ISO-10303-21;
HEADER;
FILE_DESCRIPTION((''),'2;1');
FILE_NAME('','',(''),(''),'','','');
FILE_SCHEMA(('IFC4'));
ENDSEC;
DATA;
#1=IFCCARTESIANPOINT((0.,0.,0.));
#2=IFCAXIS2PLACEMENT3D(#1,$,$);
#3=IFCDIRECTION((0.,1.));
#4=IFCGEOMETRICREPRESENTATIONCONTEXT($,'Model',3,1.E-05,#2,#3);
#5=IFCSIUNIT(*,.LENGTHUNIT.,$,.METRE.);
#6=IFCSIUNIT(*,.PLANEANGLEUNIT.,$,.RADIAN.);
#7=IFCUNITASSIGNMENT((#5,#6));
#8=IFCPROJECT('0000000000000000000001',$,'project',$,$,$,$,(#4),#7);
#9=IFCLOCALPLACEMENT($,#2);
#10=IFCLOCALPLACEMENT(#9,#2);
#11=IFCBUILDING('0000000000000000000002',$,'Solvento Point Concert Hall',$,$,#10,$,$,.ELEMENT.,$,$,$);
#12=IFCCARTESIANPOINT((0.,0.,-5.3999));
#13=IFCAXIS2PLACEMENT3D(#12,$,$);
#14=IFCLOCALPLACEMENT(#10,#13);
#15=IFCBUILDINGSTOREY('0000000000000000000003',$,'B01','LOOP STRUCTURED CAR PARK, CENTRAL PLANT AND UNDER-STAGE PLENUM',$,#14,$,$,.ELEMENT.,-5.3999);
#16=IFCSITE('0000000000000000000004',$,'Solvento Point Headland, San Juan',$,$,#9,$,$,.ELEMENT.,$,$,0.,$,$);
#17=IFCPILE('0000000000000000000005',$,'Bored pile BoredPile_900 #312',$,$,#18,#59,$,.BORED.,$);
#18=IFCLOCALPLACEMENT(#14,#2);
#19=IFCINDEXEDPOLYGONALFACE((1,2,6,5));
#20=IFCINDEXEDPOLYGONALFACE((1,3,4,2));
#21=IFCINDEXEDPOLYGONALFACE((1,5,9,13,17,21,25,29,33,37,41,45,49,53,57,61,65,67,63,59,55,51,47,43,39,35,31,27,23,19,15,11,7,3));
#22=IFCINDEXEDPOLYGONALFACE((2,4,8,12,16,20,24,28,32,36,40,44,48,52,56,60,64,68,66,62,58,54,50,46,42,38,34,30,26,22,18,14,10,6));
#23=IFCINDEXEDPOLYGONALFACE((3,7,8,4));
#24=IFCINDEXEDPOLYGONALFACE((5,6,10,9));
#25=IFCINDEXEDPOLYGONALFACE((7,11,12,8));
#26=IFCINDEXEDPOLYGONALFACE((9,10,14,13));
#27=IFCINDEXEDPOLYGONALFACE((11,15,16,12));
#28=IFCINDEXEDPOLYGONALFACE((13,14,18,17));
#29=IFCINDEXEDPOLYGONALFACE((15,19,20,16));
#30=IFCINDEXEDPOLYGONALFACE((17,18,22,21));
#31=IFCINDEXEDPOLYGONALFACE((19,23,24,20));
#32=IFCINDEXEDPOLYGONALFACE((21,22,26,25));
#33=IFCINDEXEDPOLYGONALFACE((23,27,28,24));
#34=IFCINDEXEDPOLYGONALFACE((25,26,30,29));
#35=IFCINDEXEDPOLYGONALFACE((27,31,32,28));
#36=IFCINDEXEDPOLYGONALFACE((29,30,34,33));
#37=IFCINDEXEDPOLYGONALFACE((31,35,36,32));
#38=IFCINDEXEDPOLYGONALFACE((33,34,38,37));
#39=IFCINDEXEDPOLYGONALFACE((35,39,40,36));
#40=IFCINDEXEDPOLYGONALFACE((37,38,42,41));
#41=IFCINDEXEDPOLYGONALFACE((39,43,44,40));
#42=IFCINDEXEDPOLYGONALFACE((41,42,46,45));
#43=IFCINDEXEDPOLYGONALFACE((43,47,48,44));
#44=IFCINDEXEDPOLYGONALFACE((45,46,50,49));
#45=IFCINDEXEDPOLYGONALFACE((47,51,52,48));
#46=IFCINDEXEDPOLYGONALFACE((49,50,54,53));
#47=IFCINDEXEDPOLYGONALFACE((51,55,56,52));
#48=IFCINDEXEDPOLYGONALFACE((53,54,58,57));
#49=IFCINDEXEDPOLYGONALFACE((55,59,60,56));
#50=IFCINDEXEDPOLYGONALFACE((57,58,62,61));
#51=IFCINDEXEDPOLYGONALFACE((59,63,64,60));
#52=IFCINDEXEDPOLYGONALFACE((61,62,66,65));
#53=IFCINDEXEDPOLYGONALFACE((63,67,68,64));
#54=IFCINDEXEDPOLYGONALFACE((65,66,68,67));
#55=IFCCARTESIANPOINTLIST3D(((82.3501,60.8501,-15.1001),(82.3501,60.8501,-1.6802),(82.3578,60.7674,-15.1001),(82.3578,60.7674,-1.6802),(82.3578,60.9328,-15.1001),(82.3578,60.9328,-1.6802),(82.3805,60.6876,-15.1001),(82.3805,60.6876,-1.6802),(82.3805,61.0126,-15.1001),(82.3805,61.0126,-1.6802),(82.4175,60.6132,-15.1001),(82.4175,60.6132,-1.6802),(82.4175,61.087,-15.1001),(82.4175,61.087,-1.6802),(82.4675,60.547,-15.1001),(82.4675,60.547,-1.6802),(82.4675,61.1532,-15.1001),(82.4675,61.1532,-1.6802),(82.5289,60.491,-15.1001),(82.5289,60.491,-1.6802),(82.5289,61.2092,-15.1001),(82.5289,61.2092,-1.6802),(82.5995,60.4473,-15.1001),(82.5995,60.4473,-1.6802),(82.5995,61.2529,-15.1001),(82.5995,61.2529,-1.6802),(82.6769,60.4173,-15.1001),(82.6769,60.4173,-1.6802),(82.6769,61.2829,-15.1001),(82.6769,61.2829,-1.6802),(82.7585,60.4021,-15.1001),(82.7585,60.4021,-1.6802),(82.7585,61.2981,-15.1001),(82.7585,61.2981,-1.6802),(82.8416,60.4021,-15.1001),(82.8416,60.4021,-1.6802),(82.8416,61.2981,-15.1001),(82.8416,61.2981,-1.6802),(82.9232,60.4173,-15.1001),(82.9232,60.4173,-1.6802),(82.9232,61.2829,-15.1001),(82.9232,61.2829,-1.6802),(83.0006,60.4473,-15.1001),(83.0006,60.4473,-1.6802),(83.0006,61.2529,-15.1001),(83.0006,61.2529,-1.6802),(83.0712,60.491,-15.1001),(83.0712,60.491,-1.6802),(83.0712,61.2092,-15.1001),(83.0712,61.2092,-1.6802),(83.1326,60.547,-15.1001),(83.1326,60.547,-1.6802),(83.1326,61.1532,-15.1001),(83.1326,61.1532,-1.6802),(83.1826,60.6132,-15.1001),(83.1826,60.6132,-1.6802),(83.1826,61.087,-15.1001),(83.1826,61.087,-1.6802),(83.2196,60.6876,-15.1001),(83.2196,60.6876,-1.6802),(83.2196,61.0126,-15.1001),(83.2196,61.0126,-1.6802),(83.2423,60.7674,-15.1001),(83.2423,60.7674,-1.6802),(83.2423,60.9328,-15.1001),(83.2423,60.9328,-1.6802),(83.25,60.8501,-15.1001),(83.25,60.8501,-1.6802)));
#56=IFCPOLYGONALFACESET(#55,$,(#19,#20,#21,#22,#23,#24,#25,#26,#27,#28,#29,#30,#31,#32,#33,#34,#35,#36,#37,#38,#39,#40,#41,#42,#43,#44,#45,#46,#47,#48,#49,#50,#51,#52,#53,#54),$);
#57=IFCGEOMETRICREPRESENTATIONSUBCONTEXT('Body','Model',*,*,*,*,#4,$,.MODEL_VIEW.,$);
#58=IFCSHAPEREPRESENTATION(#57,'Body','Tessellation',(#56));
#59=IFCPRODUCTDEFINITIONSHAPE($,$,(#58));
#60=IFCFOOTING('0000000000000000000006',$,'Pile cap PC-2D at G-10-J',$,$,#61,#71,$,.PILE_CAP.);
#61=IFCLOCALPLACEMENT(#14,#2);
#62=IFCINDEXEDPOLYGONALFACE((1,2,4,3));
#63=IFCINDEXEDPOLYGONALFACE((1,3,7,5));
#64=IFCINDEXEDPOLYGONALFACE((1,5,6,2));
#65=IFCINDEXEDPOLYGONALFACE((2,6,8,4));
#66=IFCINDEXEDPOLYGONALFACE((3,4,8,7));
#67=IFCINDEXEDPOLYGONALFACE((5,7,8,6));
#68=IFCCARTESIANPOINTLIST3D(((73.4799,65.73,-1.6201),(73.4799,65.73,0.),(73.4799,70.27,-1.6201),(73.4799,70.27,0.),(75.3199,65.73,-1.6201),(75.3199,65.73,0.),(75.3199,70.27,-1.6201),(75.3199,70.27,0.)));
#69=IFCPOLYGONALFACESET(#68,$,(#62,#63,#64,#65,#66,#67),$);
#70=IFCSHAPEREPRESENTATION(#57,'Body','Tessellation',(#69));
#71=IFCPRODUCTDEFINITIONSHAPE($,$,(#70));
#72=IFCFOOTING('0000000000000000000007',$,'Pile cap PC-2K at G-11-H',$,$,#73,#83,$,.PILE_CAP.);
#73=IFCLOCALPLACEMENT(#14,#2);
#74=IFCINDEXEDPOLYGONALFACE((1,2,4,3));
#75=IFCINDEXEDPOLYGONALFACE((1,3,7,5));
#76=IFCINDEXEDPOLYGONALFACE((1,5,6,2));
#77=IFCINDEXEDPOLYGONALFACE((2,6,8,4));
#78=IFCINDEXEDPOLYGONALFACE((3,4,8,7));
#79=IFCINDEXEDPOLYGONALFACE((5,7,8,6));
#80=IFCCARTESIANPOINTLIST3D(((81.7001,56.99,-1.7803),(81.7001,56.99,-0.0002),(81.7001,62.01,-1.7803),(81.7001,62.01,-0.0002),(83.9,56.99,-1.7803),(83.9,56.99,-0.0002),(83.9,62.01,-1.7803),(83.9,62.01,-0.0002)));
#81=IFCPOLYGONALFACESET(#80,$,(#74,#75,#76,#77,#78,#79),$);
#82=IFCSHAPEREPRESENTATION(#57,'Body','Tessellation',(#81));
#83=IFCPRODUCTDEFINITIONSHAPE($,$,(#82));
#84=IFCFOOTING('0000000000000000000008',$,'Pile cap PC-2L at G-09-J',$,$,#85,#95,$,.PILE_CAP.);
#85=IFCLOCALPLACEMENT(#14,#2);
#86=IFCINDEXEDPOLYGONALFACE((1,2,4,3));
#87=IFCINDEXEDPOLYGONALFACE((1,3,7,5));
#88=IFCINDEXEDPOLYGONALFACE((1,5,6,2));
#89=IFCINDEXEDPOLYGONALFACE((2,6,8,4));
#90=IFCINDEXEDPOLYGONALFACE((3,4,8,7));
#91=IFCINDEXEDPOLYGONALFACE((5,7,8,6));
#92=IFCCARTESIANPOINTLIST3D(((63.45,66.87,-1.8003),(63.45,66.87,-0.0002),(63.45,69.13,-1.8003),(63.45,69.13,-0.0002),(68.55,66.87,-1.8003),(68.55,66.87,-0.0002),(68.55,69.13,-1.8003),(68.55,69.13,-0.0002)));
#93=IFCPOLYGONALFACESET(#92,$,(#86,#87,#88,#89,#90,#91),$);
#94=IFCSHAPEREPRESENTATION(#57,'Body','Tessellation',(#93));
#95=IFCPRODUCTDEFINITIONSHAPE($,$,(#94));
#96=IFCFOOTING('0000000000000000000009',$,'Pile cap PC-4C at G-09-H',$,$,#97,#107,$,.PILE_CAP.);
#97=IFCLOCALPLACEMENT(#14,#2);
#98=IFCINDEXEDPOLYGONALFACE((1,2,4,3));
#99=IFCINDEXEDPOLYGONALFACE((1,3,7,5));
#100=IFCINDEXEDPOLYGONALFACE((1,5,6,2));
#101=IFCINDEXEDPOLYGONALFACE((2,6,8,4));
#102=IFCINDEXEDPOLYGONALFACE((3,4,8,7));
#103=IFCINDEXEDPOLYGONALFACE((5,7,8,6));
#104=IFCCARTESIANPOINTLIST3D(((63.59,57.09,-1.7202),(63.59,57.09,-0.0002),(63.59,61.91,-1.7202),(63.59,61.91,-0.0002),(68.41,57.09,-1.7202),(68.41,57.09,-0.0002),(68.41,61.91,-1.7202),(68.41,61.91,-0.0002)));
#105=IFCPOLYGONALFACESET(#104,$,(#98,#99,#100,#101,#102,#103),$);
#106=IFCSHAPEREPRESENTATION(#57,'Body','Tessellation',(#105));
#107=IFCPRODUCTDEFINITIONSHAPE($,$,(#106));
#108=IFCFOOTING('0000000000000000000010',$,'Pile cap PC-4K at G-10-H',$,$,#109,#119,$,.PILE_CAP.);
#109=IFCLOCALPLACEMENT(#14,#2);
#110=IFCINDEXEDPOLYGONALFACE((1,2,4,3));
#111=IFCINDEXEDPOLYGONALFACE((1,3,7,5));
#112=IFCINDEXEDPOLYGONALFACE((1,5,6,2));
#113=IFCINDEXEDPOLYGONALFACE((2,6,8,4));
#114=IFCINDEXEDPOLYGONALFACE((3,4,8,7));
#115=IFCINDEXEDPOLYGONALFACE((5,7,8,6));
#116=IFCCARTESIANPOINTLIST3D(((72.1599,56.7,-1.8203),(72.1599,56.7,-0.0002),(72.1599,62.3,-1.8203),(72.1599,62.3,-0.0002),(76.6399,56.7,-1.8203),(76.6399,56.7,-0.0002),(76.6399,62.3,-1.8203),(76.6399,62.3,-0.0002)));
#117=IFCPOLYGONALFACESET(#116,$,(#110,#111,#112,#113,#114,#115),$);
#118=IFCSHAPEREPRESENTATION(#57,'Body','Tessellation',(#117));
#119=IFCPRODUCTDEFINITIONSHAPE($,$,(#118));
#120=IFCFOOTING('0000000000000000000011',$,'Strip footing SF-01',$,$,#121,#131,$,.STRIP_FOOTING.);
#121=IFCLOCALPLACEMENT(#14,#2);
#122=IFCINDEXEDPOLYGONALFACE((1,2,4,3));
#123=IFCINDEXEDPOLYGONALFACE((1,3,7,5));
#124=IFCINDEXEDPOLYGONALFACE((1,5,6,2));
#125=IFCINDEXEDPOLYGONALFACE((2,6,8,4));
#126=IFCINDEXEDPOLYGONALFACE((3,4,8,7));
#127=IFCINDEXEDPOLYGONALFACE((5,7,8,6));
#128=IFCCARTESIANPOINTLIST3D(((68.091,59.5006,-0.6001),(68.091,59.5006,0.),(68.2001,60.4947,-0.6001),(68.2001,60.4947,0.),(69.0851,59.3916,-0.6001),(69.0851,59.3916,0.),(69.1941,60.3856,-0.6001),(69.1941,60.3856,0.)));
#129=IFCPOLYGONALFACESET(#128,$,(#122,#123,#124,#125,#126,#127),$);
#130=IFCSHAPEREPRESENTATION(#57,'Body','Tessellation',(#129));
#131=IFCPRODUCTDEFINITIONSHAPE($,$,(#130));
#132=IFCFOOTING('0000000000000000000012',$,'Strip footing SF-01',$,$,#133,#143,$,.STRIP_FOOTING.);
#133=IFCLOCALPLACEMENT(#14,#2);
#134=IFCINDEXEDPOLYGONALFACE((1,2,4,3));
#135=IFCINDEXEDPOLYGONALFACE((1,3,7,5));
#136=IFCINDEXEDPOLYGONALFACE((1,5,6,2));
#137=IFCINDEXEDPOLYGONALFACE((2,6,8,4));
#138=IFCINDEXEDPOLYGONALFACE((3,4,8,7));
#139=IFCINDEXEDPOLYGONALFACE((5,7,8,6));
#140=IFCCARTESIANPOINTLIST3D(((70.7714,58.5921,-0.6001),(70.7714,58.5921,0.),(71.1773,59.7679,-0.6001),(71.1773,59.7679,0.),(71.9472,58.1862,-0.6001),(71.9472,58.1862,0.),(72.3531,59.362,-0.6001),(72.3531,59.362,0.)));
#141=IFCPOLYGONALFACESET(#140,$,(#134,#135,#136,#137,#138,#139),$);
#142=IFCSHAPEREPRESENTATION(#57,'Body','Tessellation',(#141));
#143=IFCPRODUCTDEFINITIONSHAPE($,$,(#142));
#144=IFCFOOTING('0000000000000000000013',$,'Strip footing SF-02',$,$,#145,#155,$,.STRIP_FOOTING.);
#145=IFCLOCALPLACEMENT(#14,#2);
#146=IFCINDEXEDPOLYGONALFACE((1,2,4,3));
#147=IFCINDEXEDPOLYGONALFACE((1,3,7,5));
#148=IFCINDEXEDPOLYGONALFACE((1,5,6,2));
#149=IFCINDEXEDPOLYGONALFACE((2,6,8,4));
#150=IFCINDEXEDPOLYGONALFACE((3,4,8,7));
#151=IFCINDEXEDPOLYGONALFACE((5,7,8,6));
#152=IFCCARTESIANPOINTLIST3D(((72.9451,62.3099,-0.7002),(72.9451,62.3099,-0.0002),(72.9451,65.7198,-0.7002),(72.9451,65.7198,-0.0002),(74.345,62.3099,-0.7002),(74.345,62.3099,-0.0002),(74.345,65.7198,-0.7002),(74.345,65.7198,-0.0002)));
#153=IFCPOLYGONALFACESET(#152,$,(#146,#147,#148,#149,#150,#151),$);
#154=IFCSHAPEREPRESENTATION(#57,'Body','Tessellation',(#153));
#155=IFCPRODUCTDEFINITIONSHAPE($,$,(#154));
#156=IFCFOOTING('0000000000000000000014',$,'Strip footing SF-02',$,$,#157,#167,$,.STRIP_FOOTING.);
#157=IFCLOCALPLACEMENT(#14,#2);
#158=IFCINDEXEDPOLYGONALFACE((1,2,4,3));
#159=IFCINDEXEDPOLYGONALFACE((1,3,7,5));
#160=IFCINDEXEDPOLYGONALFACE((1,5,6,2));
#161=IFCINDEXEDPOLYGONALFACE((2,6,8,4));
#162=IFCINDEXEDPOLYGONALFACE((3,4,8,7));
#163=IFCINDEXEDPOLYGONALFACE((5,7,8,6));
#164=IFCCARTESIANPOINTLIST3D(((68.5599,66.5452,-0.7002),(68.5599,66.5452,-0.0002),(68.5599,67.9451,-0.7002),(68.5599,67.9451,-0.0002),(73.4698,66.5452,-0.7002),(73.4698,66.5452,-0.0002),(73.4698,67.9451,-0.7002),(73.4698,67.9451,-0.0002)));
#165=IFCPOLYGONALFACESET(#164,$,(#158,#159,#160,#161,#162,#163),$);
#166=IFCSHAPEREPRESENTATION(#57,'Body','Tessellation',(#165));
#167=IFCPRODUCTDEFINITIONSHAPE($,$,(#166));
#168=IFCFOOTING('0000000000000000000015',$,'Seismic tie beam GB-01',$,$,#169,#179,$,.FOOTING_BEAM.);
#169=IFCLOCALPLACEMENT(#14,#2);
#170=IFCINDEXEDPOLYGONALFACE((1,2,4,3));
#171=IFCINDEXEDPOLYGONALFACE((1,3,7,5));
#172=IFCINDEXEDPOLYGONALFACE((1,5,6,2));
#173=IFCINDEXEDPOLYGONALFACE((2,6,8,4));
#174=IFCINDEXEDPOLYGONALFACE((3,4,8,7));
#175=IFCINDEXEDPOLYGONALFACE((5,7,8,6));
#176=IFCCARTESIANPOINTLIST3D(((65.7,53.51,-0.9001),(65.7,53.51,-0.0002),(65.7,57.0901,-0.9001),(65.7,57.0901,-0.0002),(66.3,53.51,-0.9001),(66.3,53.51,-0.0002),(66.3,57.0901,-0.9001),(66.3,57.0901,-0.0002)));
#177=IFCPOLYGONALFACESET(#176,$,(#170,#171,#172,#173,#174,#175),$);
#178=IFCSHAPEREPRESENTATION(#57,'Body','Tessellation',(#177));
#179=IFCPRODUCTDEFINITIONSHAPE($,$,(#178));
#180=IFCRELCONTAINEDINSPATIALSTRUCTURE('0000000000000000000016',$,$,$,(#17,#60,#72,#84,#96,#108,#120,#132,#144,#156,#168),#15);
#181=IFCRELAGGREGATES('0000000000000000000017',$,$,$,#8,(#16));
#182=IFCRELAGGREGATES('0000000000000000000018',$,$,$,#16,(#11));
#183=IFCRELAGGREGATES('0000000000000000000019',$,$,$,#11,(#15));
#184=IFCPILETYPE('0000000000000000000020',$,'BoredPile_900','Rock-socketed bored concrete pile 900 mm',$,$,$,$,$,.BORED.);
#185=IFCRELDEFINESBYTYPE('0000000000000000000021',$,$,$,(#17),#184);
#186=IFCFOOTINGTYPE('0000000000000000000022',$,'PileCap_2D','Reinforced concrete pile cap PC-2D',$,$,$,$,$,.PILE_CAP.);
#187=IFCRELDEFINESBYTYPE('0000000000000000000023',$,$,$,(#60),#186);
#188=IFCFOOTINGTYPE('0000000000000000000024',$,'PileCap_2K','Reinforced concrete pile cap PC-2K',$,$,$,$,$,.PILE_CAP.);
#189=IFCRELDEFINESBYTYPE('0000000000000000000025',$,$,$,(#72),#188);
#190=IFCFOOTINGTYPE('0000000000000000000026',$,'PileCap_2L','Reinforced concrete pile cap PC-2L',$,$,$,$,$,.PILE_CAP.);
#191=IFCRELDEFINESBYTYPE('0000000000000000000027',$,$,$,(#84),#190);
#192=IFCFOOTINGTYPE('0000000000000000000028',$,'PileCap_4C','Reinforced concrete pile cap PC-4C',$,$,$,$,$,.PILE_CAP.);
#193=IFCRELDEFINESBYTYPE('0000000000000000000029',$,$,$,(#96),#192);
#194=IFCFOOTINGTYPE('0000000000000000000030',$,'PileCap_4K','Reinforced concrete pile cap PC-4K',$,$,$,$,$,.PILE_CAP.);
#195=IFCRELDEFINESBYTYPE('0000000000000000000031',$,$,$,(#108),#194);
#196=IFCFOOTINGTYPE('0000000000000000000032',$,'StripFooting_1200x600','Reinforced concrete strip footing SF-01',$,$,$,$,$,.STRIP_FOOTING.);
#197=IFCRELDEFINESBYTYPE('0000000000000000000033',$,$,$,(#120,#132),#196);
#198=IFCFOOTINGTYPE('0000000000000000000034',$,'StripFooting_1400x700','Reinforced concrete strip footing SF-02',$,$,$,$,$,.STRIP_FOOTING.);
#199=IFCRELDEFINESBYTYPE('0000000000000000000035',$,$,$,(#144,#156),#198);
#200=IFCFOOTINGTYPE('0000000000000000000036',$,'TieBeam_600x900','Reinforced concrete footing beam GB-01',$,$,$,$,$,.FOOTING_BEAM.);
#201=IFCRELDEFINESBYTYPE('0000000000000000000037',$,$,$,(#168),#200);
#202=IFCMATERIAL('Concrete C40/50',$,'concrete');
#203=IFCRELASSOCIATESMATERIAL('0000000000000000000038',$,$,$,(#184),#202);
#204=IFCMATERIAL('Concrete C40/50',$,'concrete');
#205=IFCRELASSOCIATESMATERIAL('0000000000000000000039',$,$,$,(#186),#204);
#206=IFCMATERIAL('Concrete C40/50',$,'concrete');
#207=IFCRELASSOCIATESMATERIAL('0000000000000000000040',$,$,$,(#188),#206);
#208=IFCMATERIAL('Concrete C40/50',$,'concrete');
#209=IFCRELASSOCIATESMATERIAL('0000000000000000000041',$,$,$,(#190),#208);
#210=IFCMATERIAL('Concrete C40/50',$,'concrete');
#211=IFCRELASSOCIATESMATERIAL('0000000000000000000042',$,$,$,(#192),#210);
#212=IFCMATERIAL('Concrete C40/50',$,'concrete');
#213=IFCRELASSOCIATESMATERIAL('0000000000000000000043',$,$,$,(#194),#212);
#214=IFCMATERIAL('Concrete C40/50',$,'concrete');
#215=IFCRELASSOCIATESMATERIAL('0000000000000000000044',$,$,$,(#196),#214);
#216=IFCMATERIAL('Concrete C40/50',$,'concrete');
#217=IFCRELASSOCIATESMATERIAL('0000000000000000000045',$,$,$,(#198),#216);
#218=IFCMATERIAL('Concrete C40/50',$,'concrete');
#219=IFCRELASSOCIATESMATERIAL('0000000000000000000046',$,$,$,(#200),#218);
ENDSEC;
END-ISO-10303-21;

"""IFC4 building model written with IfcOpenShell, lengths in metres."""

from ifc_helpers import new_model, si_unit, direction, frame, origin, origin_2d, place, context, subcontext, project, spatial, rectangle, circle, extrude, material, material_profile, profile_set, type_object, element, save


model = new_model("IFC4")

# Units and contexts
model_context = context("Model", 3, precision=1e-05, world=origin(), true_north=direction((0.0, 1.0)))
body_context = subcontext(model_context, "Body", "Model", "MODEL_VIEW")
ifc_project = project(units=[si_unit("LENGTHUNIT", "METRE"), si_unit("PLANEANGLEUNIT", "RADIAN")], contexts=[model_context])

# Site, building, storey
site_placement = place(None, origin())
site = spatial("IfcSite", under=ifc_project, at=site_placement, Name="Solvento Point Headland, San Juan", CompositionType="ELEMENT", RefElevation=0.0)
building_placement = place(site_placement, origin())
building = spatial("IfcBuilding", under=site, at=building_placement, Name="Solvento Point Concert Hall", CompositionType="ELEMENT")
storey_placement = place(building_placement, frame((0.0, 0.0, -5.3999)))
storey = spatial("IfcBuildingStorey", under=building, at=storey_placement, Name="B01", Description="LOOP STRUCTURED CAR PARK, CENTRAL PLANT AND UNDER-STAGE PLENUM", CompositionType="ELEMENT", Elevation=-5.3999)

# Pile
ifc_material_1 = material(Name="Concrete C40/50", Category="concrete")
ifc_material_profile_1 = material_profile(ifc_material_1, circle(Radius=0.45, at=origin_2d()), Name="BP-900")
ifc_profile_set_1 = profile_set([ifc_material_profile_1], Name="Concrete C40/50")
pile_type_1 = type_object("IfcPileType", Name="BoredPile_900", Description="Rock-socketed bored concrete pile 900 mm", PredefinedType="BORED", material=ifc_profile_set_1)
for number, where, z_axis, x_axis, name in (
    (1, (82.8, 60.8501, -1.6802), (0.0, 0.0, -1.0), (1.0, 0.0, 0.0), "Bored pile BoredPile_900 #312"),
):
    element("IfcPile", number, at=place(storey_placement, frame(where, z_axis=z_axis, x_axis=x_axis)), inside=storey, type_object=pile_type_1, Name=name, PredefinedType="BORED", context=body_context, shape_type="SweptSolid", body=[
        extrude(circle(Radius=0.45, at=origin_2d()), origin(), (0.0, 0.0, 1.0), 13.4199),
    ])

# Footings
ifc_material_2 = material(Name="Concrete C40/50", Category="concrete")
footing_type_1 = type_object("IfcFootingType", Name="PileCap_2D", Description="Reinforced concrete pile cap PC-2D", PredefinedType="PILE_CAP", material=ifc_material_2)
footing_1_placement = place(storey_placement, frame((74.3999, 68.0, -1.6201), z_axis=(0.0, 0.0, 1.0), x_axis=(1.0, 0.0, 0.0)))
element("IfcFooting", 2, at=footing_1_placement, inside=storey, type_object=footing_type_1, Name="Pile cap PC-2D at G-10-J", PredefinedType="PILE_CAP", context=body_context, shape_type="SweptSolid", body=[
    extrude(rectangle(XDim=1.8401, YDim=4.54, at=origin_2d()), origin(), (0.0, 0.0, 1.0), 1.6201),
])
ifc_material_3 = material(Name="Concrete C40/50", Category="concrete")
footing_type_2 = type_object("IfcFootingType", Name="PileCap_2K", Description="Reinforced concrete pile cap PC-2K", PredefinedType="PILE_CAP", material=ifc_material_3)
footing_2_placement = place(storey_placement, frame((82.8, 59.5, -1.7803), z_axis=(0.0, 0.0, 1.0), x_axis=(1.0, 0.0, 0.0)))
element("IfcFooting", 3, at=footing_2_placement, inside=storey, type_object=footing_type_2, Name="Pile cap PC-2K at G-11-H", PredefinedType="PILE_CAP", context=body_context, shape_type="SweptSolid", body=[
    extrude(rectangle(XDim=2.2, YDim=5.02, at=origin_2d()), origin(), (0.0, 0.0, 1.0), 1.78),
])
ifc_material_4 = material(Name="Concrete C40/50", Category="concrete")
footing_type_3 = type_object("IfcFootingType", Name="PileCap_2L", Description="Reinforced concrete pile cap PC-2L", PredefinedType="PILE_CAP", material=ifc_material_4)
footing_3_placement = place(storey_placement, frame((66.0, 68.0, -1.8003), z_axis=(0.0, 0.0, 1.0), x_axis=(1.0, 0.0, 0.0)))
element("IfcFooting", 4, at=footing_3_placement, inside=storey, type_object=footing_type_3, Name="Pile cap PC-2L at G-09-J", PredefinedType="PILE_CAP", context=body_context, shape_type="SweptSolid", body=[
    extrude(rectangle(XDim=5.1001, YDim=2.26, at=origin_2d()), origin(), (0.0, 0.0, 1.0), 1.8),
])
ifc_material_5 = material(Name="Concrete C40/50", Category="concrete")
footing_type_4 = type_object("IfcFootingType", Name="PileCap_4C", Description="Reinforced concrete pile cap PC-4C", PredefinedType="PILE_CAP", material=ifc_material_5)
footing_4_placement = place(storey_placement, frame((66.0, 59.5, -1.7202), z_axis=(0.0, 0.0, 1.0), x_axis=(1.0, 0.0, 0.0)))
element("IfcFooting", 5, at=footing_4_placement, inside=storey, type_object=footing_type_4, Name="Pile cap PC-4C at G-09-H", PredefinedType="PILE_CAP", context=body_context, shape_type="SweptSolid", body=[
    extrude(rectangle(XDim=4.8201, YDim=4.8201, at=origin_2d()), origin(), (0.0, 0.0, 1.0), 1.72),
])
ifc_material_6 = material(Name="Concrete C40/50", Category="concrete")
footing_type_5 = type_object("IfcFootingType", Name="PileCap_4K", Description="Reinforced concrete pile cap PC-4K", PredefinedType="PILE_CAP", material=ifc_material_6)
footing_5_placement = place(storey_placement, frame((74.3999, 59.5, -1.8203), z_axis=(0.0, 0.0, 1.0), x_axis=(1.0, 0.0, 0.0)))
element("IfcFooting", 6, at=footing_5_placement, inside=storey, type_object=footing_type_5, Name="Pile cap PC-4K at G-10-H", PredefinedType="PILE_CAP", context=body_context, shape_type="SweptSolid", body=[
    extrude(rectangle(XDim=4.48, YDim=5.6001, at=origin_2d()), origin(), (0.0, 0.0, 1.0), 1.8201),
])
ifc_material_7 = material(Name="Concrete C40/50", Category="concrete")
footing_type_6 = type_object("IfcFootingType", Name="StripFooting_1200x600", Description="Reinforced concrete strip footing SF-01", PredefinedType="STRIP_FOOTING", material=ifc_material_7)
footing_6_placement = place(storey_placement, frame((68.6426, 59.9431, -0.6001), z_axis=(0.0, 0.0, 1.0), x_axis=(0.994036, -0.109051, 0.0)))
element("IfcFooting", 7, at=footing_6_placement, inside=storey, type_object=footing_type_6, Name="Strip footing SF-01", PredefinedType="STRIP_FOOTING", context=body_context, shape_type="SweptSolid", body=[
    extrude(rectangle(XDim=1.0, YDim=1.0, at=origin_2d()), origin(), (0.0, 0.0, 1.0), 0.6001),
])
footing_7_placement = place(storey_placement, frame((71.5623, 58.9771, -0.6001), z_axis=(0.0, 0.0, 1.0), x_axis=(0.945264, -0.326306, 0.0)))
element("IfcFooting", 8, at=footing_7_placement, inside=storey, type_object=footing_type_6, Name="Strip footing SF-01", PredefinedType="STRIP_FOOTING", context=body_context, shape_type="SweptSolid", body=[
    extrude(rectangle(XDim=1.2439, YDim=1.2439, at=origin_2d()), origin(), (0.0, 0.0, 1.0), 0.6001),
])
ifc_material_8 = material(Name="Concrete C40/50", Category="concrete")
footing_type_7 = type_object("IfcFootingType", Name="StripFooting_1400x700", Description="Reinforced concrete strip footing SF-02", PredefinedType="STRIP_FOOTING", material=ifc_material_8)
footing_8_placement = place(storey_placement, frame((73.645, 64.0149, -0.7002), z_axis=(0.0, 0.0, 1.0), x_axis=(0.0, 1.0, 0.0)))
element("IfcFooting", 9, at=footing_8_placement, inside=storey, type_object=footing_type_7, Name="Strip footing SF-02", PredefinedType="STRIP_FOOTING", context=body_context, shape_type="SweptSolid", body=[
    extrude(rectangle(XDim=3.4099, YDim=1.3999, at=origin_2d()), origin(), (0.0, 0.0, 1.0), 0.7),
])
footing_9_placement = place(storey_placement, frame((71.0149, 67.2451, -0.7002), z_axis=(0.0, 0.0, 1.0), x_axis=(-1.0, 0.0, 0.0)))
element("IfcFooting", 10, at=footing_9_placement, inside=storey, type_object=footing_type_7, Name="Strip footing SF-02", PredefinedType="STRIP_FOOTING", context=body_context, shape_type="SweptSolid", body=[
    extrude(rectangle(XDim=4.9099, YDim=1.3999, at=origin_2d()), origin(), (0.0, 0.0, 1.0), 0.7),
])
ifc_material_9 = material(Name="Concrete C40/50", Category="concrete")
footing_type_8 = type_object("IfcFootingType", Name="TieBeam_600x900", Description="Reinforced concrete footing beam GB-01", PredefinedType="FOOTING_BEAM", material=ifc_material_9)
footing_10_placement = place(storey_placement, frame((66.0, 55.3, -0.9001), z_axis=(0.0, 0.0, 1.0), x_axis=(0.0, 1.0, 0.0)))
element("IfcFooting", 11, at=footing_10_placement, inside=storey, type_object=footing_type_8, Name="Seismic tie beam GB-01", PredefinedType="FOOTING_BEAM", context=body_context, shape_type="SweptSolid", body=[
    extrude(rectangle(XDim=3.5801, YDim=0.6001, at=origin_2d()), origin(), (0.0, 0.0, 1.0), 0.8999),
])

save(model, "model.ifc")
